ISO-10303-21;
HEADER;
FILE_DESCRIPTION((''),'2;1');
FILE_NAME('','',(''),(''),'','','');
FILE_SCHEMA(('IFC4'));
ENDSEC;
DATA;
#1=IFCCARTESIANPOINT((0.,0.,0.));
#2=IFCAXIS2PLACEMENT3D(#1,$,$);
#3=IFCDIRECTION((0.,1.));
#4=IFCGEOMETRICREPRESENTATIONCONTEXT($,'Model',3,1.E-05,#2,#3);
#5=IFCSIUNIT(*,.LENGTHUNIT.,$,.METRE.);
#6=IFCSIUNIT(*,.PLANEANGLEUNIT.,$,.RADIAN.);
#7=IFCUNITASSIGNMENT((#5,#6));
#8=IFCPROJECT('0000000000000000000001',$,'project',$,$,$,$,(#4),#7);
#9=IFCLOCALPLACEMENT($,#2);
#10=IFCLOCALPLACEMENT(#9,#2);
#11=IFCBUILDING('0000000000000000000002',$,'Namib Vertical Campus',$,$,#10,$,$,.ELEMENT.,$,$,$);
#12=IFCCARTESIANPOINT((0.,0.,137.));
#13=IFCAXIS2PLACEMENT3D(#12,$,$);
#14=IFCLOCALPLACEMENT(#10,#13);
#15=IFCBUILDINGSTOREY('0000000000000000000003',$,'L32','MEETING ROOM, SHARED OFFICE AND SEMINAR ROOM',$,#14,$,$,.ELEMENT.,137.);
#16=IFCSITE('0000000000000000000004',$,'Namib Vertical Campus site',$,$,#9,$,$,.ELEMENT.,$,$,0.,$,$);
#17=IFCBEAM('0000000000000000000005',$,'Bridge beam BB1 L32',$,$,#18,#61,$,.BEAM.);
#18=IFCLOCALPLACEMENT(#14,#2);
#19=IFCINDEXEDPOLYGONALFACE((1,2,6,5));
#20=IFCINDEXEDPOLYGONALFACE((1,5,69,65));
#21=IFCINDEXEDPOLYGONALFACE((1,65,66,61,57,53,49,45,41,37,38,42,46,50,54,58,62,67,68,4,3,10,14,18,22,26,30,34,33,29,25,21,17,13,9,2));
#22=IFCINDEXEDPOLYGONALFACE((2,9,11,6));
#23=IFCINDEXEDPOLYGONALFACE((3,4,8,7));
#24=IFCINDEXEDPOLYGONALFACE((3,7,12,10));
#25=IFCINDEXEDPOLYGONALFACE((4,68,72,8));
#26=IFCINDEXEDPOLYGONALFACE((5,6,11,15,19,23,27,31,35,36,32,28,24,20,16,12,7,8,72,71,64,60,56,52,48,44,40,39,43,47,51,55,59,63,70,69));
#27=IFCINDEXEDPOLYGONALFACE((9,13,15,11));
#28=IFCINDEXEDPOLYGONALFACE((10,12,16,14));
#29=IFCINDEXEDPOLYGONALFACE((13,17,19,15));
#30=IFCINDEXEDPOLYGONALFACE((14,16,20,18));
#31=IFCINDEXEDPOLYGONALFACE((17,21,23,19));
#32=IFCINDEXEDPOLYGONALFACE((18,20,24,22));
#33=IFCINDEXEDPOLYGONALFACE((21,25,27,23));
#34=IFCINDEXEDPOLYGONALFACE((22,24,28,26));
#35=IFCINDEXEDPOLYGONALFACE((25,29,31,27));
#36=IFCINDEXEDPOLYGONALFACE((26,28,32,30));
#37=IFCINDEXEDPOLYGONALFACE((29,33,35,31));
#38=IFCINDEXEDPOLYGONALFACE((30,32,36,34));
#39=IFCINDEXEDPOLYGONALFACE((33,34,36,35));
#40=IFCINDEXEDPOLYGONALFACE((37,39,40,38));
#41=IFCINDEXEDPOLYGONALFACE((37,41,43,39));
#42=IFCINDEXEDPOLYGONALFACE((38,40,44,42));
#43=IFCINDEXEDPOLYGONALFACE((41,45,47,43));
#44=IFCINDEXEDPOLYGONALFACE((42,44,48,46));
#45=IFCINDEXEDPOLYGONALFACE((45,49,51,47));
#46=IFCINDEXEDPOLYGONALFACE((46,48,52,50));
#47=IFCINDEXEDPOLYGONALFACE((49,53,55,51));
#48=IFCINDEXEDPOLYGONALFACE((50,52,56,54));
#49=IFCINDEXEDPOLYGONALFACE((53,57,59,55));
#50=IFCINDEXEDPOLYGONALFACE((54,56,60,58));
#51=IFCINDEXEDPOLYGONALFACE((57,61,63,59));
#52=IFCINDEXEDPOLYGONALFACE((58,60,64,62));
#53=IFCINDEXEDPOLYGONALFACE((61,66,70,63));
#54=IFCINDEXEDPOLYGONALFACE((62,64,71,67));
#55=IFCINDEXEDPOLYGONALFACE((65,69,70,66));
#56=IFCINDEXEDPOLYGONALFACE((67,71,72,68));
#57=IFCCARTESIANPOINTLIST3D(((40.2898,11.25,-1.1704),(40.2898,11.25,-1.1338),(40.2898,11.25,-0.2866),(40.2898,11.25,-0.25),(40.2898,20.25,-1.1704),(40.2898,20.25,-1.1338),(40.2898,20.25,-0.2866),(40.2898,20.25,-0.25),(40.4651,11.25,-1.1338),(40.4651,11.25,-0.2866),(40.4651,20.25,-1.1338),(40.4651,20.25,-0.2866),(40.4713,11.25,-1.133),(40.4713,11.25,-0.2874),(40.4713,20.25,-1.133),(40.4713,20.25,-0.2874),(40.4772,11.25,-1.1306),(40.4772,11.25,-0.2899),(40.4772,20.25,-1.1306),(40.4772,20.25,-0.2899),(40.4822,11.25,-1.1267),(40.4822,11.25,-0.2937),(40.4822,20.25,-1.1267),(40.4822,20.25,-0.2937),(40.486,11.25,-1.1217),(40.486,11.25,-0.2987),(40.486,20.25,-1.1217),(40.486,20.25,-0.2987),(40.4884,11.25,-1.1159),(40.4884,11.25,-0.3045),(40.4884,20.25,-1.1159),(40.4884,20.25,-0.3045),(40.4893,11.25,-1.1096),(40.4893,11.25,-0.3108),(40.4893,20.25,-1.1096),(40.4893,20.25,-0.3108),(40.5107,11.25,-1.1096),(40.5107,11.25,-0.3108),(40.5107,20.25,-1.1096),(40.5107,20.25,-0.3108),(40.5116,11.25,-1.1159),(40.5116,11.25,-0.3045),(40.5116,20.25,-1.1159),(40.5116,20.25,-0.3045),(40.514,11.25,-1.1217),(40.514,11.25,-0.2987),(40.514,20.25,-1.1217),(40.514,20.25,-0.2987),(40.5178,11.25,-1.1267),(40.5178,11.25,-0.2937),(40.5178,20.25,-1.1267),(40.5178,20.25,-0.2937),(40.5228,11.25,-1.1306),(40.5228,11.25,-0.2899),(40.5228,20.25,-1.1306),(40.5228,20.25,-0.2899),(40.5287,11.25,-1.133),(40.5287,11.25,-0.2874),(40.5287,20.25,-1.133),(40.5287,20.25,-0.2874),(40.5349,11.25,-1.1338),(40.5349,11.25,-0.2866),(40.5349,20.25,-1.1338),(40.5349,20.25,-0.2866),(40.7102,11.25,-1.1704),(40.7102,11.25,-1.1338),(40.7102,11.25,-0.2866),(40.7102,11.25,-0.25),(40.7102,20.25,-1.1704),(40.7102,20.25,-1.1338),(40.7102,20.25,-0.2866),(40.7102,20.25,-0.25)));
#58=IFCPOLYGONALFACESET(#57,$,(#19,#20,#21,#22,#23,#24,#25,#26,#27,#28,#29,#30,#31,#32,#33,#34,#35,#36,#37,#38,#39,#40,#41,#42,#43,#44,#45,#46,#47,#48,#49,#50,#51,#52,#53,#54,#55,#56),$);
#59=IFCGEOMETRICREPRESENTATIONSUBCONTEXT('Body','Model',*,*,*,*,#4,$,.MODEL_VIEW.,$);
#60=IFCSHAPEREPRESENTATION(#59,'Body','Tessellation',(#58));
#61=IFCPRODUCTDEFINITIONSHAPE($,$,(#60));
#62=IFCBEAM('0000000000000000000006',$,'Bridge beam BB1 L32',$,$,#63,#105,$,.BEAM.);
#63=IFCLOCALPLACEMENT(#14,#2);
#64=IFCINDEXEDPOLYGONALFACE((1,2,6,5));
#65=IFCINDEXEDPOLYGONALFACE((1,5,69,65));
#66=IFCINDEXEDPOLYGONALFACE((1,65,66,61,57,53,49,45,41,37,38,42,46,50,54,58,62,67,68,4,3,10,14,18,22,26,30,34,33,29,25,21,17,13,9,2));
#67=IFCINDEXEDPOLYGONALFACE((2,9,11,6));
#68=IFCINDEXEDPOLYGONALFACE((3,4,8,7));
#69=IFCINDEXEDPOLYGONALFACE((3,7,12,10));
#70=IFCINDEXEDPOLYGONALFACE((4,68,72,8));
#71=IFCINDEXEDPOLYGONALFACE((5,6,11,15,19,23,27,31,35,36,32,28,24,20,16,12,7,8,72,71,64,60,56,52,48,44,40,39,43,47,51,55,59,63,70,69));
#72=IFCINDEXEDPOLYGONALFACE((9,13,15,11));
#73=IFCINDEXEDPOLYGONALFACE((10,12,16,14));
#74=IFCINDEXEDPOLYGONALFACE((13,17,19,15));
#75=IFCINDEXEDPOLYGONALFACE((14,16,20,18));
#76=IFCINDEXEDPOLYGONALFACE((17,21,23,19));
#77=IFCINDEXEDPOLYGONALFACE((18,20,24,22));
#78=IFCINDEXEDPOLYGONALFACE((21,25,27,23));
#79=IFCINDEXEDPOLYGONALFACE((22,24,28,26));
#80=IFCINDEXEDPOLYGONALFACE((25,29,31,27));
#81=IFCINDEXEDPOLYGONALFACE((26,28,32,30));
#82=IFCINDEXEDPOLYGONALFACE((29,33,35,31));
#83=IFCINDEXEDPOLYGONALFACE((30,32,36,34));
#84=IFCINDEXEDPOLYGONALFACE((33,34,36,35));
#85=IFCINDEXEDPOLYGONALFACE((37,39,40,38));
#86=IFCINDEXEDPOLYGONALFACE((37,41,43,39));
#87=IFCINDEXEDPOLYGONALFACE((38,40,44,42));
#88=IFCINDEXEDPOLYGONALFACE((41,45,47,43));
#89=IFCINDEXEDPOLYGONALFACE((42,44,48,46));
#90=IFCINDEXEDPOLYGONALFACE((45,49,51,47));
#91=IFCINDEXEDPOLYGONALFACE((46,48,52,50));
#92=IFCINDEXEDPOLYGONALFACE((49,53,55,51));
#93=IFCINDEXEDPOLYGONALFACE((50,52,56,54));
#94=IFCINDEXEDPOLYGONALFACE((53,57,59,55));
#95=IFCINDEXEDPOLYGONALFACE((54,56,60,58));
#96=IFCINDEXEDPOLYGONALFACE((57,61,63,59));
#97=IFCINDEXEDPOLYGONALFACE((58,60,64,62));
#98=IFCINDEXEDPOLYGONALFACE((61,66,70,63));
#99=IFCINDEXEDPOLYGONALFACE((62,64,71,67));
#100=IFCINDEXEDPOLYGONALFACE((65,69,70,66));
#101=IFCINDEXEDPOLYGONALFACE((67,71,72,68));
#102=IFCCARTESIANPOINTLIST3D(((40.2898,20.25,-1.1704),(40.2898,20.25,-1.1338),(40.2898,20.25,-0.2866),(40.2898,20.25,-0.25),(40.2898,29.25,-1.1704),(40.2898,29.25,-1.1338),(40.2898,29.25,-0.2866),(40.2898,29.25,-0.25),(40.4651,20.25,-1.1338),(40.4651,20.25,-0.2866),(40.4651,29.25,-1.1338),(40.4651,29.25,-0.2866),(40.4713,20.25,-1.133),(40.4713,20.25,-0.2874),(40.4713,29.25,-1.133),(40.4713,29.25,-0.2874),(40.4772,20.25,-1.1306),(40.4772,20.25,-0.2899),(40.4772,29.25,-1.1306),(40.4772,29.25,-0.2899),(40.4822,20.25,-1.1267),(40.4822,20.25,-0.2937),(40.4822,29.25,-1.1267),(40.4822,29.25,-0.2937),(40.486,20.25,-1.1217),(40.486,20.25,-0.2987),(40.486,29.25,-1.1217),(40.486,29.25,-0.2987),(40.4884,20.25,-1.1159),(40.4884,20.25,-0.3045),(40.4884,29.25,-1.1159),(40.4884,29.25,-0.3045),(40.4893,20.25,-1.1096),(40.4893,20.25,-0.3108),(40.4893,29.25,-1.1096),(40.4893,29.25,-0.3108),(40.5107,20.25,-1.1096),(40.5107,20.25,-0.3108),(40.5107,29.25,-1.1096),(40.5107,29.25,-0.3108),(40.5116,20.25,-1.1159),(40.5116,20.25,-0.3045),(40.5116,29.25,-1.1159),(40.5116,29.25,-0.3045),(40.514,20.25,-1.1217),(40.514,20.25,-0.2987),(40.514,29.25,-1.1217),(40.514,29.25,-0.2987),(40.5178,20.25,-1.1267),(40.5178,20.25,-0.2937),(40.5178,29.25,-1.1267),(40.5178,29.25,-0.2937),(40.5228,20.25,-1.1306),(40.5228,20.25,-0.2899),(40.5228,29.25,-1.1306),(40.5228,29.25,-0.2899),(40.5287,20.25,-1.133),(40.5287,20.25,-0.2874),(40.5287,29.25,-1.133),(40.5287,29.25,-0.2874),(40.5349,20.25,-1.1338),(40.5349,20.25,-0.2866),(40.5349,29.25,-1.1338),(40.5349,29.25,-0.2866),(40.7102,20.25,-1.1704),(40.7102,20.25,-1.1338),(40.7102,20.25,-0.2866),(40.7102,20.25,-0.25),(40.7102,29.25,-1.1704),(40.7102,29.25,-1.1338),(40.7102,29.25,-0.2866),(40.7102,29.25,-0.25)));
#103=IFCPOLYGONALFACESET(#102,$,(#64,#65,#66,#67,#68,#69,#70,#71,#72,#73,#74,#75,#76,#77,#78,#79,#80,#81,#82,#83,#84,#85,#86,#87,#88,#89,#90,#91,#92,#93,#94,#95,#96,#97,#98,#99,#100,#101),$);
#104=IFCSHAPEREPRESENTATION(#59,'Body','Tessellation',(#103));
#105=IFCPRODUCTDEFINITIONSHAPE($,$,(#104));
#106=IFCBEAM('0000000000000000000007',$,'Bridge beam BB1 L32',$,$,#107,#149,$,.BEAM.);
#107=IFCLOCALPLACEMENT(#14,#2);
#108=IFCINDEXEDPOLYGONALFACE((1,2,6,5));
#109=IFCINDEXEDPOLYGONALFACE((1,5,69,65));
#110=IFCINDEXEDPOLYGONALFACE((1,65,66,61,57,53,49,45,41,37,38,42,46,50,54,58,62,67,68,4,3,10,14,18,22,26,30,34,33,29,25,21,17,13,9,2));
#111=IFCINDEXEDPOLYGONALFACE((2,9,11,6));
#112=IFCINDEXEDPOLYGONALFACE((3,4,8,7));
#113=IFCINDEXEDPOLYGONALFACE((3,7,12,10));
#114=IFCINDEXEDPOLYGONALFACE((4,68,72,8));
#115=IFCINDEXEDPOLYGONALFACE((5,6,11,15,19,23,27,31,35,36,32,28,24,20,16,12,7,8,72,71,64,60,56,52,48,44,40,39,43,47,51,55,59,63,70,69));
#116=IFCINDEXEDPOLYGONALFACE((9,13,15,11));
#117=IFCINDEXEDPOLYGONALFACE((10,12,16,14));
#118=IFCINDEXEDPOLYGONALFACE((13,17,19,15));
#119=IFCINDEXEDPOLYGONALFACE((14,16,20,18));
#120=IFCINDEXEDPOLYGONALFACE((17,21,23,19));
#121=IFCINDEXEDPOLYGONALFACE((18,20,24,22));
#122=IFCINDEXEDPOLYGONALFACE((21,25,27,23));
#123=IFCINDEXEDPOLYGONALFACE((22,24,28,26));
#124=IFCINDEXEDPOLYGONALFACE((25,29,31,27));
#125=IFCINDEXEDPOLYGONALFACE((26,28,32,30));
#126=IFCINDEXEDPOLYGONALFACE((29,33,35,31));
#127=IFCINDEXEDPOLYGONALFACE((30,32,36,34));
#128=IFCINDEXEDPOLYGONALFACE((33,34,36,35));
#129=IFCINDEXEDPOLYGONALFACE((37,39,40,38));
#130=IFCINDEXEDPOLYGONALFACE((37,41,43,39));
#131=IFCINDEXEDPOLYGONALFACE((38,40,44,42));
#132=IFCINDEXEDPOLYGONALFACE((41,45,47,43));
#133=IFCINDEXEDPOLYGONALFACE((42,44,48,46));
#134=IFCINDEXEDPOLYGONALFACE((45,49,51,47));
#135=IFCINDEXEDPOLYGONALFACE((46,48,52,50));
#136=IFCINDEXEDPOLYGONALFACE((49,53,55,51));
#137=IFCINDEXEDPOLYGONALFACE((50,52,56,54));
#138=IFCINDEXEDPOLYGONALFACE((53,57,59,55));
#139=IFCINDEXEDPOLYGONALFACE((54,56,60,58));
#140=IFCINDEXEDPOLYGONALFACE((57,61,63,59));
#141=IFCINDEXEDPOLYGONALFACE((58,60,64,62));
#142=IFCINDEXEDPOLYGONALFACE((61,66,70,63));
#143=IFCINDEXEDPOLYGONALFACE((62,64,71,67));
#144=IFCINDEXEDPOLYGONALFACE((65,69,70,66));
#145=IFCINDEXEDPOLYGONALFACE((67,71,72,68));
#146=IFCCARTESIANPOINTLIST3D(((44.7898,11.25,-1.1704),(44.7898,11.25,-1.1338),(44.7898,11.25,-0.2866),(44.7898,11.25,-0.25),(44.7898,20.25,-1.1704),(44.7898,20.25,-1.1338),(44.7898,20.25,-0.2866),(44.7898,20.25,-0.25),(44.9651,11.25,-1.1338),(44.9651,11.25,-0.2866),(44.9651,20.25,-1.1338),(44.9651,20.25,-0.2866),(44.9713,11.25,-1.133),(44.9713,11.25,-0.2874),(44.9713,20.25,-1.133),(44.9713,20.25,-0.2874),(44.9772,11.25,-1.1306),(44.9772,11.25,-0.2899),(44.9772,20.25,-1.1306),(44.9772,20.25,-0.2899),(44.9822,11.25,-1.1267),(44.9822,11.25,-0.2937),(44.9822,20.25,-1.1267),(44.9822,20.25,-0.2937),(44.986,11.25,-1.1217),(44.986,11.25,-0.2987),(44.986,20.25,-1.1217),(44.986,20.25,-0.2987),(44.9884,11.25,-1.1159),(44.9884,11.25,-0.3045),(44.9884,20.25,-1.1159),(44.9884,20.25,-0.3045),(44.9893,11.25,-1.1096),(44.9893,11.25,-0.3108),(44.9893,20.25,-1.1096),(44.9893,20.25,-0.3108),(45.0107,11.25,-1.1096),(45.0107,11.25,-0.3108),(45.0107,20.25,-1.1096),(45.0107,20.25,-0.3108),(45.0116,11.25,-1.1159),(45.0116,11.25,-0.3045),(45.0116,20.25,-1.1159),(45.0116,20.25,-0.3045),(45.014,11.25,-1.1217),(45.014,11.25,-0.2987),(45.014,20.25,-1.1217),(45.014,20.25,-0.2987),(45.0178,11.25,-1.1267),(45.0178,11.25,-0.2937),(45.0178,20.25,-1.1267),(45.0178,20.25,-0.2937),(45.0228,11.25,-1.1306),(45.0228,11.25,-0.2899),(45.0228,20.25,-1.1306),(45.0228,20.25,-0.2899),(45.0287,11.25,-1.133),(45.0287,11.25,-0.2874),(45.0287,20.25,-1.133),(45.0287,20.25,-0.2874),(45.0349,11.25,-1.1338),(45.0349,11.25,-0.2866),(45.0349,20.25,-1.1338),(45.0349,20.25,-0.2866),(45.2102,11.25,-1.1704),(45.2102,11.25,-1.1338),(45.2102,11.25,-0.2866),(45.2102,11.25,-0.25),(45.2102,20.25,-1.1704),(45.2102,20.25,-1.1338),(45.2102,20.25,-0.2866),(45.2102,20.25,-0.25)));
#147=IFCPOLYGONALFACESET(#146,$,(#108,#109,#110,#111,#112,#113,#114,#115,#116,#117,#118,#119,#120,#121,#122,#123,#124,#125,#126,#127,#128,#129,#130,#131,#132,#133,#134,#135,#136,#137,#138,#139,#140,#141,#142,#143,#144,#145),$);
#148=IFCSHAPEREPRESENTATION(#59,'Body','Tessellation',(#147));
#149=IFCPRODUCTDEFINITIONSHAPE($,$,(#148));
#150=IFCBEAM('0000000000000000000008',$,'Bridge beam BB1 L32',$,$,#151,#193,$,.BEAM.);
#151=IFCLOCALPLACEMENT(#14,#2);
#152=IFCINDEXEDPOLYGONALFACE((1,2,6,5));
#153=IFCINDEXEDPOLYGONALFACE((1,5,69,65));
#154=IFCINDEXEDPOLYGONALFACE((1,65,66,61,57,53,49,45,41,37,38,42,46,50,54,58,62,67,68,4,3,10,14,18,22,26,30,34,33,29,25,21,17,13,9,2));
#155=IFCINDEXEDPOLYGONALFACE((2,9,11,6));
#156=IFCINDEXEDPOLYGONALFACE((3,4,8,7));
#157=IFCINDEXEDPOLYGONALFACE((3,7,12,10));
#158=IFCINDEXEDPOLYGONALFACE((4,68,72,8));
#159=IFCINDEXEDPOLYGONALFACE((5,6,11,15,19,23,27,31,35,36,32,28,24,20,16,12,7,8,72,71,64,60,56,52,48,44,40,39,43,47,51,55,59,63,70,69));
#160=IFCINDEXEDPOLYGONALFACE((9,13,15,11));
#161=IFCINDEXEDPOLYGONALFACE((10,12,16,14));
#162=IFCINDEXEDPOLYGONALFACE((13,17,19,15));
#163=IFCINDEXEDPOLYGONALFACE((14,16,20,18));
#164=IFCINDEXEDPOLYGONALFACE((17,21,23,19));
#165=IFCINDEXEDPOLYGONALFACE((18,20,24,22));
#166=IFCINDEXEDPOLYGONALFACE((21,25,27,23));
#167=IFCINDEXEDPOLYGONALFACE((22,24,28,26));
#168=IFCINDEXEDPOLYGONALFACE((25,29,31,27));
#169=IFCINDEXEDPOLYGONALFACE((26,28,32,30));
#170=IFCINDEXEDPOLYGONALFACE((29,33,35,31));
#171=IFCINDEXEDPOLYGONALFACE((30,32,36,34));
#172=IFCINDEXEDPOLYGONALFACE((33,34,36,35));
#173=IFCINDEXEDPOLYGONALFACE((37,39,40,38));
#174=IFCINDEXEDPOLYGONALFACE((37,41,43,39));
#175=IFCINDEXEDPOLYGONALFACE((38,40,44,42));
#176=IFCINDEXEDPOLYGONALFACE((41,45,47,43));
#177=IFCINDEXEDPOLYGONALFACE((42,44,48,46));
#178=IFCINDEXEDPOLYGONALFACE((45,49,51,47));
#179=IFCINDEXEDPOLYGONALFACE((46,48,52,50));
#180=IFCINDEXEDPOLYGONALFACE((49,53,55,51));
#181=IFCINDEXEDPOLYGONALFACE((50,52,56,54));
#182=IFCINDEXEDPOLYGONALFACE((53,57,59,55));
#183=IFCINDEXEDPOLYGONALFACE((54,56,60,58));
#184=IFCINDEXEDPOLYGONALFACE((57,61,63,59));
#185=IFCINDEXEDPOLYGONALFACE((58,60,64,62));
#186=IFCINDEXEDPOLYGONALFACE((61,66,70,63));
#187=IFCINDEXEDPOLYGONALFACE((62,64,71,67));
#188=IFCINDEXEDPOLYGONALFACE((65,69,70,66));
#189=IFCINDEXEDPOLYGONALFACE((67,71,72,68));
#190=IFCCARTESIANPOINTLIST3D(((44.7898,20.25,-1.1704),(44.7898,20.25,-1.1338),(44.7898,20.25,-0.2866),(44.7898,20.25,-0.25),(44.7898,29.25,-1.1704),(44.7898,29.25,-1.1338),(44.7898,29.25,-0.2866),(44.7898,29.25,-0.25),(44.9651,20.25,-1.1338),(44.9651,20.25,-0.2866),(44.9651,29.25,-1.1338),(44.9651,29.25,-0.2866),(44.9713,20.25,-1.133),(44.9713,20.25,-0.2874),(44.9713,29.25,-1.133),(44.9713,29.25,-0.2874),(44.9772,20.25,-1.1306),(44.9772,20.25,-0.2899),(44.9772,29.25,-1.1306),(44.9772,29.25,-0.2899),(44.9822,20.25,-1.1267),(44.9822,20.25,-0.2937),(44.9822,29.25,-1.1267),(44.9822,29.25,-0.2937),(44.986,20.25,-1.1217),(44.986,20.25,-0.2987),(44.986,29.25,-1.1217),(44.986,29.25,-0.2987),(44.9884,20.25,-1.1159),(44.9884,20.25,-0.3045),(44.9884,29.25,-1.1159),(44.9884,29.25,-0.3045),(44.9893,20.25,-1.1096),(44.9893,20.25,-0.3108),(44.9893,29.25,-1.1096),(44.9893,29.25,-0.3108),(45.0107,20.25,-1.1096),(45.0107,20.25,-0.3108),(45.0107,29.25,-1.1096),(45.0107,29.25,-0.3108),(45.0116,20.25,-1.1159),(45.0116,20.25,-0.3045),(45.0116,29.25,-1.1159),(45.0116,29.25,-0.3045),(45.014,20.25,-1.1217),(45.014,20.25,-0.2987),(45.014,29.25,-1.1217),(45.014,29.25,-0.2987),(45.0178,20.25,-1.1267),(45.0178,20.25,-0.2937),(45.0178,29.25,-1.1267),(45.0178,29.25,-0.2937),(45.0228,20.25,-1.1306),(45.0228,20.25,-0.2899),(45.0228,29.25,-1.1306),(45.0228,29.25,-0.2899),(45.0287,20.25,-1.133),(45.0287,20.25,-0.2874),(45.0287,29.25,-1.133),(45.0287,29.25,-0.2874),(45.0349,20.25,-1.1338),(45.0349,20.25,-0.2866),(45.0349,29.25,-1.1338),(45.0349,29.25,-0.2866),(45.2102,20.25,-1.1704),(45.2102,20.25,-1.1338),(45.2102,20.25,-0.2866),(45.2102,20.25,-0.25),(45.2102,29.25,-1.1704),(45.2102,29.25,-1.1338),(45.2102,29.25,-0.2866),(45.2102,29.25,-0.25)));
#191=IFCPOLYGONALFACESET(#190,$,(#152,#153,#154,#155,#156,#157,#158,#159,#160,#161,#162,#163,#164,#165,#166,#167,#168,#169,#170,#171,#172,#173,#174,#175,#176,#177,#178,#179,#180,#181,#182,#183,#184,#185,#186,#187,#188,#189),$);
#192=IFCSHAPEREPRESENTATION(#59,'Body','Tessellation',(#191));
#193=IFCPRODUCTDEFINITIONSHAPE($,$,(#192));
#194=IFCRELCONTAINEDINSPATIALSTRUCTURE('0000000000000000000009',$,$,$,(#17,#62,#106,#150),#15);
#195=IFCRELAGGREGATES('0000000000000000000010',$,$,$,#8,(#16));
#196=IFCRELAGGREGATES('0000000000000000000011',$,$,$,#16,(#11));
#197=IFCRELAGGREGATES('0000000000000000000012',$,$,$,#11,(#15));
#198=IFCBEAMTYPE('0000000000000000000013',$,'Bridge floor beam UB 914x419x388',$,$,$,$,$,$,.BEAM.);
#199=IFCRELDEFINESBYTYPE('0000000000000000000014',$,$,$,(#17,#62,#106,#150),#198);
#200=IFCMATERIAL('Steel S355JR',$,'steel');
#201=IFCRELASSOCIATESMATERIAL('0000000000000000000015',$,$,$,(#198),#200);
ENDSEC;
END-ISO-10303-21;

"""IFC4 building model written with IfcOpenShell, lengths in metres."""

from ifc_helpers import new_model, si_unit, direction, frame, origin, origin_2d, place, context, subcontext, project, spatial, i_section, extrude, material, material_profile, profile_set, type_object, element, save


model = new_model("IFC4")

# Units and contexts
model_context = context("Model", 3, precision=1e-05, world=origin(), true_north=direction((0.0, 1.0)))
body_context = subcontext(model_context, "Body", "Model", "MODEL_VIEW")
ifc_project = project(units=[si_unit("LENGTHUNIT", "METRE"), si_unit("PLANEANGLEUNIT", "RADIAN")], contexts=[model_context])

# Site, building, storey
site_placement = place(None, origin())
site = spatial("IfcSite", under=ifc_project, at=site_placement, Name="Namib Vertical Campus site", CompositionType="ELEMENT", RefElevation=0.0)
building_placement = place(site_placement, origin())
building = spatial("IfcBuilding", under=site, at=building_placement, Name="Namib Vertical Campus", CompositionType="ELEMENT")
storey_placement = place(building_placement, frame((0.0, 0.0, 137.0)))
storey = spatial("IfcBuildingStorey", under=building, at=storey_placement, Name="L32", Description="MEETING ROOM, SHARED OFFICE AND SEMINAR ROOM", CompositionType="ELEMENT", Elevation=137.0)

# Beams
ifc_material_1 = material(Name="Steel S355JR", Category="steel")
ifc_material_profile_1 = material_profile(ifc_material_1, i_section(OverallWidth=0.4204, OverallDepth=0.9204, WebThickness=0.0215, FlangeThickness=0.0366, FilletRadius=0.0242, at=origin_2d()))
ifc_profile_set_1 = profile_set([ifc_material_profile_1], Name="Steel S355JR")
beam_type_1 = type_object("IfcBeamType", Name="Bridge floor beam UB 914x419x388", PredefinedType="BEAM", material=ifc_profile_set_1)
for number, where, z_axis, x_axis, name in (
    (1, (40.5, 11.25, -0.7102), (0.0, 1.0, 0.0), (-1.0, 0.0, 0.0), "Bridge beam BB1 L32"),
    (2, (40.5, 20.25, -0.7102), (0.0, 1.0, 0.0), (-1.0, 0.0, 0.0), "Bridge beam BB1 L32"),
    (3, (45.0, 11.25, -0.7102), (0.0, 1.0, 0.0), (-1.0, 0.0, 0.0), "Bridge beam BB1 L32"),
    (4, (45.0, 20.25, -0.7102), (0.0, 1.0, 0.0), (-1.0, 0.0, 0.0), "Bridge beam BB1 L32"),
):
    element("IfcBeam", number, at=place(storey_placement, frame(where, z_axis=z_axis, x_axis=x_axis)), inside=storey, type_object=beam_type_1, Name=name, PredefinedType="BEAM", context=body_context, shape_type="SweptSolid", body=[
        extrude(i_section(OverallWidth=0.4204, OverallDepth=0.9204, WebThickness=0.0215, FlangeThickness=0.0366, FilletRadius=0.0242, at=origin_2d()), origin(), (0.0, 0.0, 1.0), 9.0),
    ])

save(model, "model.ifc")
